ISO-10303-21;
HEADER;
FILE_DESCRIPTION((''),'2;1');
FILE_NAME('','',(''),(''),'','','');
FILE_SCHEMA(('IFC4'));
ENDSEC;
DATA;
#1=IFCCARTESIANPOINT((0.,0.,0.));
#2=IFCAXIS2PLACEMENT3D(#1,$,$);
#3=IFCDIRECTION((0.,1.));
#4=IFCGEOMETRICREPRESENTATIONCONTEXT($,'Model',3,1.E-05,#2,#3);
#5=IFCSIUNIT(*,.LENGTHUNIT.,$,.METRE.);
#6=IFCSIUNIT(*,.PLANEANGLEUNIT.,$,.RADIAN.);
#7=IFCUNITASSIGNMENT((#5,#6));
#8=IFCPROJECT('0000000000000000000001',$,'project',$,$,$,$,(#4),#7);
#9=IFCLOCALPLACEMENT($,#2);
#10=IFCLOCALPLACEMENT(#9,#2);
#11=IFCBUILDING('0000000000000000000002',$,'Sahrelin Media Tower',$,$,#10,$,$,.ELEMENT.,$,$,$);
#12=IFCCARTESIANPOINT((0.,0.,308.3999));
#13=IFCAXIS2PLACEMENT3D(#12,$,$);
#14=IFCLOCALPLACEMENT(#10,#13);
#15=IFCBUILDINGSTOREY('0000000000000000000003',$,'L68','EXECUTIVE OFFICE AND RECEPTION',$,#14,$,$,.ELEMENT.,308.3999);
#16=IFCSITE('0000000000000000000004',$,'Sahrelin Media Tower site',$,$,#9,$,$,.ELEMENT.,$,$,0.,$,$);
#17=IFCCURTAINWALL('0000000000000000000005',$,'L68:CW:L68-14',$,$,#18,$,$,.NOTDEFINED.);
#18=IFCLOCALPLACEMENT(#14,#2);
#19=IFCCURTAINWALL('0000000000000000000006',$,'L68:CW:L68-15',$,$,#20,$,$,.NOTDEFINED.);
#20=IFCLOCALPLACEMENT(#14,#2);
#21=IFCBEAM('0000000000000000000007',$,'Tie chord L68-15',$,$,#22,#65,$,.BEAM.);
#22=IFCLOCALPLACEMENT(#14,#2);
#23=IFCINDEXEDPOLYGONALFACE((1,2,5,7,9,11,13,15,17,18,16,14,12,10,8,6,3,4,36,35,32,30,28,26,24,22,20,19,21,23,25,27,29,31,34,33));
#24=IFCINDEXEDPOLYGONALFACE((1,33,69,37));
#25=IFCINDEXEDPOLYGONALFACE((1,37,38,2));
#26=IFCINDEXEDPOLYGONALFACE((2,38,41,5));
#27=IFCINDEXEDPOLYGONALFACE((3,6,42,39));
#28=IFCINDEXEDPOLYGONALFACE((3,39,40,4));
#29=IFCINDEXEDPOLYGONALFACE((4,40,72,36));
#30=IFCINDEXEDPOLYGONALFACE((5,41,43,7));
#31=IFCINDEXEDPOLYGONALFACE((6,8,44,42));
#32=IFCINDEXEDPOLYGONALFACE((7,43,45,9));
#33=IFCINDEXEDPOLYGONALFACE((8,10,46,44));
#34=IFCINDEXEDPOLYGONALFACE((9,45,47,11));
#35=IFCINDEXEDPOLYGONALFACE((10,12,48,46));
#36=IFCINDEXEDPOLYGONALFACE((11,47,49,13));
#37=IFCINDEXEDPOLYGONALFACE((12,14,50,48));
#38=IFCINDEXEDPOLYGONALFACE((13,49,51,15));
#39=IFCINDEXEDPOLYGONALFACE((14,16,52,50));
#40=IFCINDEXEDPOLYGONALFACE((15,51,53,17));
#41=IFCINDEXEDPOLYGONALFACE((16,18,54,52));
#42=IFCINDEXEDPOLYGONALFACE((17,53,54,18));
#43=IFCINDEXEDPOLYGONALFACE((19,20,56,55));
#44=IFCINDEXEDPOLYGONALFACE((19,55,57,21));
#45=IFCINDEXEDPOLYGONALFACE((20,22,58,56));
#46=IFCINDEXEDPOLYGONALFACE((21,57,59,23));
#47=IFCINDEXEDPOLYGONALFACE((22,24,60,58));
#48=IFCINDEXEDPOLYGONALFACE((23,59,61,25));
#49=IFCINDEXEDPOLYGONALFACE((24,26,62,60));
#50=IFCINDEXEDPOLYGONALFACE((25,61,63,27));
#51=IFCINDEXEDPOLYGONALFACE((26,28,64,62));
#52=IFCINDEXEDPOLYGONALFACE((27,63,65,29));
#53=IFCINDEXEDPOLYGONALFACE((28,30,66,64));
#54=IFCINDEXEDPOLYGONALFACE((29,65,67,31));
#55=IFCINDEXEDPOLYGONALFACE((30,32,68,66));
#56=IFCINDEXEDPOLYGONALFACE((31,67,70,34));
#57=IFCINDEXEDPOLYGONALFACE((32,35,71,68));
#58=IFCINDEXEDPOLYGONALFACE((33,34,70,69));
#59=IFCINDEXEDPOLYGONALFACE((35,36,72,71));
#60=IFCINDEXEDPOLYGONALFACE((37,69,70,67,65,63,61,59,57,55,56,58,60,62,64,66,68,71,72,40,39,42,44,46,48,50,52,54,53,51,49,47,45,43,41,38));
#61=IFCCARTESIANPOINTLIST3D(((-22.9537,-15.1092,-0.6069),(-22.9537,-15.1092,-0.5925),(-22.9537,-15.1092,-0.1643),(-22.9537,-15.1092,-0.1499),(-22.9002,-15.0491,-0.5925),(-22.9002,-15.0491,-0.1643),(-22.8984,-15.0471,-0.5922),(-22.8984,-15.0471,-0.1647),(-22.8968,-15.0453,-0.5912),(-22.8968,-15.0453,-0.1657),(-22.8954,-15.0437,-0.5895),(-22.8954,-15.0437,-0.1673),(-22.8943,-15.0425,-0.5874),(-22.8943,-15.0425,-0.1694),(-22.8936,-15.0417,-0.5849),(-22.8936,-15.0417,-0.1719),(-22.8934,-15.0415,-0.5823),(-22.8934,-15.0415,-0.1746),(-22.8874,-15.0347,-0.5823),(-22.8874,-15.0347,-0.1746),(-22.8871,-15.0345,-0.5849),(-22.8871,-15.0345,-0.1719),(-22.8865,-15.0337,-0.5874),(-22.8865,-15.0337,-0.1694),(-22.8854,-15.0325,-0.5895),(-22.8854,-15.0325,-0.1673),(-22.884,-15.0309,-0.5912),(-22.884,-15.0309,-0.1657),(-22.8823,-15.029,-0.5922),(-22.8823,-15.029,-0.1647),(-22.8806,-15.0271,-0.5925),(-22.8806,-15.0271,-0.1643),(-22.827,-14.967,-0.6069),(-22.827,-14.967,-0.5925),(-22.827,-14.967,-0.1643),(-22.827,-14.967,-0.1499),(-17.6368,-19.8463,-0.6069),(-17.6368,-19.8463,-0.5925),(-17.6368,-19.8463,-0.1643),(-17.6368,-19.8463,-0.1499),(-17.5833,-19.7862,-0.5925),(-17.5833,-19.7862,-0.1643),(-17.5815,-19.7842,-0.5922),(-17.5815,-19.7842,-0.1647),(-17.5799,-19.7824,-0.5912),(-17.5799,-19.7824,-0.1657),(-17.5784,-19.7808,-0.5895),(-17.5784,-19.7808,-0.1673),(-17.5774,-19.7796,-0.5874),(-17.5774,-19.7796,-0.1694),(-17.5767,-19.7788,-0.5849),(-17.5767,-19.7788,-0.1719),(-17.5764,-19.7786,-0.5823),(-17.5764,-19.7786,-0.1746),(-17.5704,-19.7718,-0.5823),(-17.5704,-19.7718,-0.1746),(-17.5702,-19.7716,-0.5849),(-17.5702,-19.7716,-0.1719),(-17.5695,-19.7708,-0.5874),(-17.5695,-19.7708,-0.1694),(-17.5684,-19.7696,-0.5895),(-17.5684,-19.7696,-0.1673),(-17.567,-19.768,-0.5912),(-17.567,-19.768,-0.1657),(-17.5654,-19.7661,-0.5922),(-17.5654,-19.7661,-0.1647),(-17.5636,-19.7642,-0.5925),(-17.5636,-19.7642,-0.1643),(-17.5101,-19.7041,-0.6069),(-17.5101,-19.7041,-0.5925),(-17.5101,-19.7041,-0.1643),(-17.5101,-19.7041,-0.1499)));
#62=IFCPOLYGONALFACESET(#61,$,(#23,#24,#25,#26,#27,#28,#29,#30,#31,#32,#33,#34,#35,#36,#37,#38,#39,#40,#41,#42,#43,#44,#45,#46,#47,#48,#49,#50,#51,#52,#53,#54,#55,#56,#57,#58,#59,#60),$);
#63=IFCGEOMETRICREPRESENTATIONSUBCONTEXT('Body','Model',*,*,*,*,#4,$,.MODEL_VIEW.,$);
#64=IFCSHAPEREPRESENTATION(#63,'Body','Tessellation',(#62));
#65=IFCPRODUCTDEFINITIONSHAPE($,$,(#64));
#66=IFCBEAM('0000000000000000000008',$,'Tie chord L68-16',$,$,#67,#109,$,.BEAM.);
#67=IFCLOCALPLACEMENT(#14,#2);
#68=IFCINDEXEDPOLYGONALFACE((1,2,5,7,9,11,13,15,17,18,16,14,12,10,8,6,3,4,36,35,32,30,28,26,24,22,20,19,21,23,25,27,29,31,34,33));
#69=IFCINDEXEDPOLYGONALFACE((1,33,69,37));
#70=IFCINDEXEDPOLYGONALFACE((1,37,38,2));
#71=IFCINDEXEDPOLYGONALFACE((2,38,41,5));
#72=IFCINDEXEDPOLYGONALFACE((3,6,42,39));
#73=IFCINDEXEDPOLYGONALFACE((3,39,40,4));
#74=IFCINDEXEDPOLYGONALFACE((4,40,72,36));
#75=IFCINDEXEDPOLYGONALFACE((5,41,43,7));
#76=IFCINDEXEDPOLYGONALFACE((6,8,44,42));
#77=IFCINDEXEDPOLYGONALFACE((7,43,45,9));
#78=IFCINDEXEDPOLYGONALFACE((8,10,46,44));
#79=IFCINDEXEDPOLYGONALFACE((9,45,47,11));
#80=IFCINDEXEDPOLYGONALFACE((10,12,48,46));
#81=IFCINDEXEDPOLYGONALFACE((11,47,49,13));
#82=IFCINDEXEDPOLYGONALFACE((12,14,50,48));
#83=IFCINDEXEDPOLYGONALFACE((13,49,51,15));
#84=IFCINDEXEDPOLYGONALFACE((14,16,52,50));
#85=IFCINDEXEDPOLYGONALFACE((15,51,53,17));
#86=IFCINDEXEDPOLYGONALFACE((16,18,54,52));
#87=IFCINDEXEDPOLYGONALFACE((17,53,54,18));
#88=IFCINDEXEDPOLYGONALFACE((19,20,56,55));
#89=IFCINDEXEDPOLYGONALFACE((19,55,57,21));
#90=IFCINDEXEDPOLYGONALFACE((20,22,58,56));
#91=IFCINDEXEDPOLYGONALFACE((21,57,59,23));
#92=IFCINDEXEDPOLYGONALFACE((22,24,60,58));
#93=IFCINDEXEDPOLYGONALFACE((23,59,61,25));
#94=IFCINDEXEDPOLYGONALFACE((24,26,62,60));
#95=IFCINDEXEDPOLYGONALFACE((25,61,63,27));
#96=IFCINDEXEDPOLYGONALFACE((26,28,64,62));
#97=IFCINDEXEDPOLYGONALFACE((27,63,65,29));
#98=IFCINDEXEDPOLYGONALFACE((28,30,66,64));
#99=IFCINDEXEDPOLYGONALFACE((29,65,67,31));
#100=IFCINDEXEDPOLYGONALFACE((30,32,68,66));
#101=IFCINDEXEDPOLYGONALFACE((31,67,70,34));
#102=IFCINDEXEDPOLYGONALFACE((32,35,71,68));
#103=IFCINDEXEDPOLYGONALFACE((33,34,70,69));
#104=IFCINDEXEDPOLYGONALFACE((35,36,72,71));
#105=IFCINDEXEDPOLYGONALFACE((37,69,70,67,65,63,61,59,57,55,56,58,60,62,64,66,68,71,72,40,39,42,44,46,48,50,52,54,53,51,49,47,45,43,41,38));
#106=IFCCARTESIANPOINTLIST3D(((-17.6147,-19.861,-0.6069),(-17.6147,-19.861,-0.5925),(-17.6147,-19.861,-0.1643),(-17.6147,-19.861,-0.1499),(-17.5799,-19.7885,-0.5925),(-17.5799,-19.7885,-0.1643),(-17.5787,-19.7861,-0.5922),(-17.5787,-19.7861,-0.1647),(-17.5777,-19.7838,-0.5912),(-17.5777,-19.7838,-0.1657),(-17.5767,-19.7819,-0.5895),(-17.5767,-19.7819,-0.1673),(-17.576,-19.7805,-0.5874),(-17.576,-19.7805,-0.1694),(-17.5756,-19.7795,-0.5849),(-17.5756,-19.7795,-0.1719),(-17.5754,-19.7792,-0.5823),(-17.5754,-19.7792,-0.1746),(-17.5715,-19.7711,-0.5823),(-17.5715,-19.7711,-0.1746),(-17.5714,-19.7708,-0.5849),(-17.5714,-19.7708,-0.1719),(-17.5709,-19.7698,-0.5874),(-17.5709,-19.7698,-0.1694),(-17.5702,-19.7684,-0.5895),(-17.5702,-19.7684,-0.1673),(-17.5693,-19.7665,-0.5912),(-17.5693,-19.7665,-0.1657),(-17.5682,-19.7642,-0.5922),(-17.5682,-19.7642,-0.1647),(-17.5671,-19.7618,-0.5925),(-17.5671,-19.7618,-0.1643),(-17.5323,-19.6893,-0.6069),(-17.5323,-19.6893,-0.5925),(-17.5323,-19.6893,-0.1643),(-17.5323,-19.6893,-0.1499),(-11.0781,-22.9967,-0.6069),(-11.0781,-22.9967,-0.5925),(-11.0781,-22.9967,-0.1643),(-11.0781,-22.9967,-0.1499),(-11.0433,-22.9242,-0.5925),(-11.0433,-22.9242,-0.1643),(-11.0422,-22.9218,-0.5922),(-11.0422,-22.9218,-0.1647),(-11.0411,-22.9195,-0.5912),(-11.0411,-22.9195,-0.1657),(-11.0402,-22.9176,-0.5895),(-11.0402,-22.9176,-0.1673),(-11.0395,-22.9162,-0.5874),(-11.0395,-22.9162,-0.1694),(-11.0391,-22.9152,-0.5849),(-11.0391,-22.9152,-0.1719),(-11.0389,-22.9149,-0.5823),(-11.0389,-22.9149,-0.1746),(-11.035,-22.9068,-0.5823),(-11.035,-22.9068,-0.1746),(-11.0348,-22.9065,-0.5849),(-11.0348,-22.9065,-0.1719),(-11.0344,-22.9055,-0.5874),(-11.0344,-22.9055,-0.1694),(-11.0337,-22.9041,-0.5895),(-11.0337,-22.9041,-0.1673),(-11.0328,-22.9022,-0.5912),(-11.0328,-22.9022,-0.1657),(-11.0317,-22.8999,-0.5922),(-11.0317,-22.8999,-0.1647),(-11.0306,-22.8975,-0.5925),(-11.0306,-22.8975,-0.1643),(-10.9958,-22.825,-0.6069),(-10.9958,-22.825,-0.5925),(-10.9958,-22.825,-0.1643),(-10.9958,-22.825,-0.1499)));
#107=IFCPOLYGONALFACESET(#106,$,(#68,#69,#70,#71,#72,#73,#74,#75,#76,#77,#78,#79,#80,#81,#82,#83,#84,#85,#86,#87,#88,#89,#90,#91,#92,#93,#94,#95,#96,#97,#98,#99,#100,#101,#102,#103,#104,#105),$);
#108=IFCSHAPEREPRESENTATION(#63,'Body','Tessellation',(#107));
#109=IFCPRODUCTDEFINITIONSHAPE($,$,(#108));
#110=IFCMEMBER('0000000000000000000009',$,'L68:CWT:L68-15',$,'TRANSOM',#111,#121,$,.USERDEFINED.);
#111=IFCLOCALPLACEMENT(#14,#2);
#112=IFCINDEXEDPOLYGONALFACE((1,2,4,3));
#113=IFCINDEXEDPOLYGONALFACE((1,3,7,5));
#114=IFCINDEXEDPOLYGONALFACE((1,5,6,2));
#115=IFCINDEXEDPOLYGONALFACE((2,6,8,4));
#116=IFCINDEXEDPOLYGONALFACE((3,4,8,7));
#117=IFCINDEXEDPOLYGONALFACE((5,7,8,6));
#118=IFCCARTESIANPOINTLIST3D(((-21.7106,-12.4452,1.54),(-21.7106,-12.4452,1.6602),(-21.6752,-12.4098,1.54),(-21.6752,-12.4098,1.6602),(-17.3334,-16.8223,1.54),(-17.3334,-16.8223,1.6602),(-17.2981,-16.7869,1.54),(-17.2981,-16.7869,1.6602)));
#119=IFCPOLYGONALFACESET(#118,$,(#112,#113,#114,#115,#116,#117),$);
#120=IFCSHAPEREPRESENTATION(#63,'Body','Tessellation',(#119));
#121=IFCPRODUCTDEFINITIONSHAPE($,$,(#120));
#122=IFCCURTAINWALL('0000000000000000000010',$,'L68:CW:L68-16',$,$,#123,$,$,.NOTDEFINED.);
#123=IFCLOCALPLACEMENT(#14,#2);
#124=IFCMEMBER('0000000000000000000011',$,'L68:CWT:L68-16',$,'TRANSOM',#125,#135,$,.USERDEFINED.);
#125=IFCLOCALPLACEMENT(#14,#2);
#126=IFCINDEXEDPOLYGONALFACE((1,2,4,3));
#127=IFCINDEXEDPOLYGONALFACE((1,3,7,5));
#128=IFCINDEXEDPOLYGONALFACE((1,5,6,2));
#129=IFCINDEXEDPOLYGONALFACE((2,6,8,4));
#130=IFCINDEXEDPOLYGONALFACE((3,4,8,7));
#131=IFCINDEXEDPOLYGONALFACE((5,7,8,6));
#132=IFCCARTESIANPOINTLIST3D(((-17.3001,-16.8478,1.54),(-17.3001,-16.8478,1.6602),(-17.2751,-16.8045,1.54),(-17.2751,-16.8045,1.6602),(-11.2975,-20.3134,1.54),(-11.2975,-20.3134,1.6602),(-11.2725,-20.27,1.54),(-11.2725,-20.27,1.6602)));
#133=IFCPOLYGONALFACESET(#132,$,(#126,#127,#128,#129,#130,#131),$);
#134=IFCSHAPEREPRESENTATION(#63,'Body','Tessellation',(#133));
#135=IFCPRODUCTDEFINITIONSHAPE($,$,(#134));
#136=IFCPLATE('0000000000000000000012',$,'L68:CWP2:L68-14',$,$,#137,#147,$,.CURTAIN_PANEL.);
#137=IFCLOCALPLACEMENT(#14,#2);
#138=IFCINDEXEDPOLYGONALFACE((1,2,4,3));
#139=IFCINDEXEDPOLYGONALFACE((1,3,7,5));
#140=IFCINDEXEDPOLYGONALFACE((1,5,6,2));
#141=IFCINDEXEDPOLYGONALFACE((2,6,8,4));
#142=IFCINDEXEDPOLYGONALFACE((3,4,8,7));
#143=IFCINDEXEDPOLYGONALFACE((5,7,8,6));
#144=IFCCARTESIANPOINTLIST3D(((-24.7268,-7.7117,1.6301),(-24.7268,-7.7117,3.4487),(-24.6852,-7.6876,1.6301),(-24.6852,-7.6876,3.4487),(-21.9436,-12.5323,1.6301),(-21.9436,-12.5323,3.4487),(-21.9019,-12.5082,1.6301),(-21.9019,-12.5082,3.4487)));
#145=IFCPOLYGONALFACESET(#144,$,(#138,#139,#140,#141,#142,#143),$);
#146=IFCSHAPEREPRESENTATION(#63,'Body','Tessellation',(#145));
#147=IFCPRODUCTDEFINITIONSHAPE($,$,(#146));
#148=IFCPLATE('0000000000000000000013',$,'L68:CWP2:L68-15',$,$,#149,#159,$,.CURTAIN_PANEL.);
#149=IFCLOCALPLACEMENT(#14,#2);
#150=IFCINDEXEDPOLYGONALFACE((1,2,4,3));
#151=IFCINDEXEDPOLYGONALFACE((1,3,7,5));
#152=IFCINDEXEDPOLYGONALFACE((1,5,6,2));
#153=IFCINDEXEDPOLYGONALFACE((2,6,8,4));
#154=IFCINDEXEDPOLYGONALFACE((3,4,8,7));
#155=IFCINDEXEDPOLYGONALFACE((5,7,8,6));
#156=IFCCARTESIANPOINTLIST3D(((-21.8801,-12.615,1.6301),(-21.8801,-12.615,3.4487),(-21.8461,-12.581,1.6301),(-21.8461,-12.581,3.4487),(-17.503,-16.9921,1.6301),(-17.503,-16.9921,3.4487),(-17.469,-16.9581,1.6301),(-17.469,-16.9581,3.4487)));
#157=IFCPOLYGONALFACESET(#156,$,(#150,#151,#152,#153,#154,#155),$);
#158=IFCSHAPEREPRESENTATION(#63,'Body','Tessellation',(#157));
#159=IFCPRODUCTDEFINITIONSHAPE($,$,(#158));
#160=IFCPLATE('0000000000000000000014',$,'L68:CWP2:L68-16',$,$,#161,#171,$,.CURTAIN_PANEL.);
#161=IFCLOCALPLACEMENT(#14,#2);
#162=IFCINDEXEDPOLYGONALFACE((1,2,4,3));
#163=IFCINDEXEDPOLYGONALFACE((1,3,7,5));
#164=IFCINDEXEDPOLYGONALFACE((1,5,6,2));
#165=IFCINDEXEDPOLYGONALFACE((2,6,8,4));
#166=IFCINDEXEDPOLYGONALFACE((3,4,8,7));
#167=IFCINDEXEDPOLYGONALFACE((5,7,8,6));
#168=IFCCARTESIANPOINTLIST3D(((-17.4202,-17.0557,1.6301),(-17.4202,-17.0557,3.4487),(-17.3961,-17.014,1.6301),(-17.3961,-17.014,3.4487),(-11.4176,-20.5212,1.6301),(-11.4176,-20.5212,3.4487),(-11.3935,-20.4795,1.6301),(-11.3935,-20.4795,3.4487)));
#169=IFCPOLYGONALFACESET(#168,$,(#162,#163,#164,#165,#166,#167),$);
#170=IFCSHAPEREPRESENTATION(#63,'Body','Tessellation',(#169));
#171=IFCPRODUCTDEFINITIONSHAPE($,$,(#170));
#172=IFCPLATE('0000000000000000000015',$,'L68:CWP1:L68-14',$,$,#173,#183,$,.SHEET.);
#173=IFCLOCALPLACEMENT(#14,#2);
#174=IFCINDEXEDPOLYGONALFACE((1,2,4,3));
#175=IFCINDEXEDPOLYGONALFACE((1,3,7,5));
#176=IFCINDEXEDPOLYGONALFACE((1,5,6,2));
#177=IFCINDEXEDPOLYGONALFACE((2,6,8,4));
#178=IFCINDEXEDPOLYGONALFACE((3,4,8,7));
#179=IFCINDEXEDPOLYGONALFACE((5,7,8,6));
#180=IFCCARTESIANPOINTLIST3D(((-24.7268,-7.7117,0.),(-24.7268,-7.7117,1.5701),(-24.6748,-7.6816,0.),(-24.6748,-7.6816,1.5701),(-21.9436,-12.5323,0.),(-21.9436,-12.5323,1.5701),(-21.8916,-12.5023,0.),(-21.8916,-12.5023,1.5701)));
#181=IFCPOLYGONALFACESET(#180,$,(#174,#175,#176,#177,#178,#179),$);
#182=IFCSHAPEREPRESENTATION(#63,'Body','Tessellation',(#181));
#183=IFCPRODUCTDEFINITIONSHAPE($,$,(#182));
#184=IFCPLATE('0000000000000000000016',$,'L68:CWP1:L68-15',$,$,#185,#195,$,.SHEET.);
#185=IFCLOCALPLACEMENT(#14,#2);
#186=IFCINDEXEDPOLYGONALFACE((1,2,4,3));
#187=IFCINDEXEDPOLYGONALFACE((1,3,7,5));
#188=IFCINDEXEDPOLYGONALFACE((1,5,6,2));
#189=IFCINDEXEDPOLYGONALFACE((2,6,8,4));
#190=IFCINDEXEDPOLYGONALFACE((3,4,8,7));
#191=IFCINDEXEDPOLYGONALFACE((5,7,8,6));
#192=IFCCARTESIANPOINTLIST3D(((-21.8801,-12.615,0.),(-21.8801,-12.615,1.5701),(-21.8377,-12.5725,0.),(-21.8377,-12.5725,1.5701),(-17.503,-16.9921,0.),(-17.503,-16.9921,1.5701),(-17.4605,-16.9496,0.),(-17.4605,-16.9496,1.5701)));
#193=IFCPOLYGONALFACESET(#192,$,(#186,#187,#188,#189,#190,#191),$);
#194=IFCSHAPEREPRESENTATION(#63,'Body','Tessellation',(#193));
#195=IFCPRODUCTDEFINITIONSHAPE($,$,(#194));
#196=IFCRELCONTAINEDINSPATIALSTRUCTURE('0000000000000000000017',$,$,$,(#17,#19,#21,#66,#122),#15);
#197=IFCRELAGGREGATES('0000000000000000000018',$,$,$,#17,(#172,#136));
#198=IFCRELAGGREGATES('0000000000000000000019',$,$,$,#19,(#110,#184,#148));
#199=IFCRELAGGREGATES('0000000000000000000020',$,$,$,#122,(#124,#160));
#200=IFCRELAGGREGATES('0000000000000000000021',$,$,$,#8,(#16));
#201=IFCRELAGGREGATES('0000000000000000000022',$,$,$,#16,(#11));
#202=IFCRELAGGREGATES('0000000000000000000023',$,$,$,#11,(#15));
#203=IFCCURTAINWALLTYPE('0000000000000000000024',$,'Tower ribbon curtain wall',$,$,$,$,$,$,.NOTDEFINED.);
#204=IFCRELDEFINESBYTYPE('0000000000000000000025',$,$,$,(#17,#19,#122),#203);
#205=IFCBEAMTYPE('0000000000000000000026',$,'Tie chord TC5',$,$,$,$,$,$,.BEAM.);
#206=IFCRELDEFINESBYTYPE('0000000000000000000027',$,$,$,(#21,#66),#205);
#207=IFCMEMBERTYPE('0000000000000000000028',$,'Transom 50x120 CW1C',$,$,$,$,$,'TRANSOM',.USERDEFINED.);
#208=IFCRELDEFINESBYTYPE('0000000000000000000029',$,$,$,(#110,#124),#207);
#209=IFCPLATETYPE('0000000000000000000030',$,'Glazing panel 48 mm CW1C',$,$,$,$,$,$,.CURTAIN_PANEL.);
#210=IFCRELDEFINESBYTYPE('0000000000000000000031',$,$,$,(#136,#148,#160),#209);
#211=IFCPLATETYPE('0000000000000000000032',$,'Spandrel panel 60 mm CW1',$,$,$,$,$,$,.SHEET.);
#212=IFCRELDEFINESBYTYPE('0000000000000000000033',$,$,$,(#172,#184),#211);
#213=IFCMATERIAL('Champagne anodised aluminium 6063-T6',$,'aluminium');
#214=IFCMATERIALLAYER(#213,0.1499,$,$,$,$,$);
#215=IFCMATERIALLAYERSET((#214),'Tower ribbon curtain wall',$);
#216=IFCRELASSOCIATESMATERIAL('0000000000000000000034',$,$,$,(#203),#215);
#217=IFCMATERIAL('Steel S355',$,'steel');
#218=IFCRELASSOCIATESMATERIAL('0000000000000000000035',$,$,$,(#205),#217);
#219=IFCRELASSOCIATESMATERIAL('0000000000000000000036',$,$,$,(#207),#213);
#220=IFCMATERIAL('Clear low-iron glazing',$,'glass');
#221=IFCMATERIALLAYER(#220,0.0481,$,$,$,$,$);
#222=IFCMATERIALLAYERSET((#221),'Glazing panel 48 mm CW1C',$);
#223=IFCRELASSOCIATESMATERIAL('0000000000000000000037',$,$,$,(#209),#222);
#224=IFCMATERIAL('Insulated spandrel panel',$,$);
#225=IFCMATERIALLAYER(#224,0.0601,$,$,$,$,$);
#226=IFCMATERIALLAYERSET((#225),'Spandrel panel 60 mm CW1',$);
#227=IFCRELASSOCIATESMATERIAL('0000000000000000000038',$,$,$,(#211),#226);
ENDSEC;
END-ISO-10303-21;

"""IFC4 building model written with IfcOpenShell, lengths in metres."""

from ifc_helpers import new_model, si_unit, direction, frame, origin, origin_2d, place, context, subcontext, project, spatial, polyline, rectangle, i_section, outline, extrude, material, layer, layer_set, material_profile, profile_set, type_object, element, aggregate, save


model = new_model("IFC4")

# Units and contexts
model_context = context("Model", 3, precision=1e-05, world=origin(), true_north=direction((0.0, 1.0)))
body_context = subcontext(model_context, "Body", "Model", "MODEL_VIEW")
ifc_project = project(units=[si_unit("LENGTHUNIT", "METRE"), si_unit("PLANEANGLEUNIT", "RADIAN")], contexts=[model_context])

# Site, building, storey
site_placement = place(None, origin())
site = spatial("IfcSite", under=ifc_project, at=site_placement, Name="Sahrelin Media Tower site", CompositionType="ELEMENT", RefElevation=0.0)
building_placement = place(site_placement, origin())
building = spatial("IfcBuilding", under=site, at=building_placement, Name="Sahrelin Media Tower", CompositionType="ELEMENT")
storey_placement = place(building_placement, frame((0.0, 0.0, 308.3999)))
storey = spatial("IfcBuildingStorey", under=building, at=storey_placement, Name="L68", Description="EXECUTIVE OFFICE AND RECEPTION", CompositionType="ELEMENT", Elevation=308.3999)

# Shared definitions
ifc_material_1 = material(Name="Steel S355", Category="steel")

# Curtain walls
ifc_material_2 = material(Name="Champagne anodised aluminium 6063-T6", Category="aluminium")
ifc_layer_1 = layer(ifc_material_2, 0.1499)
ifc_layer_set_1 = layer_set([ifc_layer_1], Name="Tower ribbon curtain wall")
curtain_wall_type = type_object("IfcCurtainWallType", Name="Tower ribbon curtain wall", PredefinedType="NOTDEFINED", material=ifc_layer_set_1)
curtain_wall_1_placement = place(storey_placement, frame((-23.3179, -10.1118, 0.0), z_axis=(0.0, 0.0, 1.0), x_axis=(1.0, 0.0, 0.0)))
curtain_wall_1 = element("IfcCurtainWall", 1, at=curtain_wall_1_placement, inside=storey, type_object=curtain_wall_type, Name="L68:CW:L68-14", PredefinedType="NOTDEFINED")
curtain_wall_2_placement = place(storey_placement, frame((-19.6775, -14.7893, 0.0), z_axis=(0.0, 0.0, 1.0), x_axis=(1.0, 0.0, 0.0)))
curtain_wall_2 = element("IfcCurtainWall", 2, at=curtain_wall_2_placement, inside=storey, type_object=curtain_wall_type, Name="L68:CW:L68-15", PredefinedType="NOTDEFINED")

# Beams
ifc_material_profile_1 = material_profile(ifc_material_1, i_section(OverallWidth=0.1904, OverallDepth=0.457, WebThickness=0.009, FlangeThickness=0.0144, FilletRadius=0.0103, at=origin_2d()), Name="UB 457x191x74")
ifc_profile_set_1 = profile_set([ifc_material_profile_1], Name="Steel S355")
beam_type_1 = type_object("IfcBeamType", Name="Tie chord TC5", PredefinedType="BEAM", material=ifc_profile_set_1)
beam_1_placement = place(storey_placement, frame((-22.8904, -15.0381, -0.3784), z_axis=(0.746647, -0.665221, 0.0), x_axis=(0.665221, 0.746647, 0.0)))
element("IfcBeam", 3, at=beam_1_placement, inside=storey, type_object=beam_type_1, Name="Tie chord L68-15", PredefinedType="BEAM", context=body_context, shape_type="SweptSolid", body=[
    extrude(i_section(OverallWidth=0.1904, OverallDepth=0.457, WebThickness=0.009, FlangeThickness=0.0144, FilletRadius=0.0103, at=origin_2d()), origin(), (0.0, 0.0, 1.0), 7.1211),
])
beam_2_placement = place(storey_placement, frame((-17.5735, -19.7751, -0.3784), z_axis=(0.901622, -0.432525, 0.0), x_axis=(0.432525, 0.901622, 0.0)))
element("IfcBeam", 4, at=beam_2_placement, inside=storey, type_object=beam_type_1, Name="Tie chord L68-16", PredefinedType="BEAM", context=body_context, shape_type="SweptSolid", body=[
    extrude(i_section(OverallWidth=0.1904, OverallDepth=0.457, WebThickness=0.009, FlangeThickness=0.0144, FilletRadius=0.0103, at=origin_2d()), origin(), (0.0, 0.0, 1.0), 7.2498),
])

# Member
ifc_material_profile_2 = material_profile(ifc_material_2, rectangle(XDim=0.05, YDim=0.1201, at=origin_2d()), Name="Transom 50x120")
ifc_profile_set_2 = profile_set([ifc_material_profile_2], Name="Champagne anodised aluminium 6063-T6")
member_type_1 = type_object("IfcMemberType", Name="Transom 50x120 CW1C", ElementType="TRANSOM", PredefinedType="USERDEFINED", material=ifc_profile_set_2)
member_1_placement = place(storey_placement, frame((-21.6929, -12.4275, 1.6001), z_axis=(0.707107, -0.707107, 0.0), x_axis=(0.707107, 0.707107, 0.0)))
member_1 = element("IfcMember", 5, at=member_1_placement, type_object=member_type_1, Name="L68:CWT:L68-15", ObjectType="TRANSOM", PredefinedType="USERDEFINED", context=body_context, shape_type="SweptSolid", body=[
    extrude(rectangle(XDim=0.05, YDim=0.1201, at=origin_2d()), origin(), (0.0, 0.0, 1.0), 6.1902),
])

# Curtain wall, member
curtain_wall_3_placement = place(storey_placement, frame((-14.4089, -18.7712, 0.0), z_axis=(0.0, 0.0, 1.0), x_axis=(1.0, 0.0, 0.0)))
curtain_wall_3 = element("IfcCurtainWall", 6, at=curtain_wall_3_placement, inside=storey, type_object=curtain_wall_type, Name="L68:CW:L68-16", PredefinedType="NOTDEFINED")
member_2_placement = place(storey_placement, frame((-17.2876, -16.8262, 1.6001), z_axis=(0.86603, -0.499992, 0.0), x_axis=(0.499992, 0.86603, 0.0)))
member_2 = element("IfcMember", 7, at=member_2_placement, type_object=member_type_1, Name="L68:CWT:L68-16", ObjectType="TRANSOM", PredefinedType="USERDEFINED", context=body_context, shape_type="SweptSolid", body=[
    extrude(rectangle(XDim=0.05, YDim=0.1201, at=origin_2d()), origin(), (0.0, 0.0, 1.0), 6.9312),
])

# Plates
ifc_material_3 = material(Name="Clear low-iron glazing", Category="glass")
ifc_layer_2 = layer(ifc_material_3, 0.0481)
ifc_layer_set_2 = layer_set([ifc_layer_2], Name="Glazing panel 48 mm CW1C")
plate_type_1 = type_object("IfcPlateType", Name="Glazing panel 48 mm CW1C", PredefinedType="CURTAIN_PANEL", material=ifc_layer_set_2)
plate_1_placement = place(storey_placement, frame((-24.7268, -7.7117, 1.6301), z_axis=(-0.866021, -0.500007, 0.0), x_axis=(0.500007, -0.866021, 0.0)))
plate_1 = element("IfcPlate", 8, at=plate_1_placement, type_object=plate_type_1, Name="L68:CWP2:L68-14", PredefinedType="CURTAIN_PANEL", context=body_context, shape_type="SweptSolid", body=[
    extrude(outline(polyline([(0.0, 0.0), (5.5664, 0.0), (5.5664, 1.8186), (0.0, 1.8186), (0.0, 0.0)])), origin(), (0.0, 0.0, -1.0), 0.0481),
])
plate_2_placement = place(storey_placement, frame((-21.8801, -12.615, 1.6301), z_axis=(-0.707107, -0.707107, 0.0), x_axis=(0.707107, -0.707107, 0.0)))
plate_2 = element("IfcPlate", 9, at=plate_2_placement, type_object=plate_type_1, Name="L68:CWP2:L68-15", PredefinedType="CURTAIN_PANEL", context=body_context, shape_type="SweptSolid", body=[
    extrude(outline(polyline([(0.0, 0.0), (6.1902, 0.0), (6.1902, 1.8186), (0.0, 1.8186), (0.0, 0.0)])), origin(), (0.0, 0.0, -1.0), 0.0481),
])
plate_3_placement = place(storey_placement, frame((-17.4202, -17.0557, 1.6301), z_axis=(-0.499992, -0.86603, 0.0), x_axis=(0.86603, -0.499992, 0.0)))
plate_3 = element("IfcPlate", 10, at=plate_3_placement, type_object=plate_type_1, Name="L68:CWP2:L68-16", PredefinedType="CURTAIN_PANEL", context=body_context, shape_type="SweptSolid", body=[
    extrude(outline(polyline([(0.0, 0.0), (6.9312, 0.0), (6.9312, 1.8186), (0.0, 1.8186), (0.0, 0.0)])), origin(), (0.0, 0.0, -1.0), 0.0481),
])
ifc_material_4 = material(Name="Insulated spandrel panel")
ifc_layer_3 = layer(ifc_material_4, 0.0601)
ifc_layer_set_3 = layer_set([ifc_layer_3], Name="Spandrel panel 60 mm CW1")
plate_type_2 = type_object("IfcPlateType", Name="Spandrel panel 60 mm CW1", PredefinedType="SHEET", material=ifc_layer_set_3)
plate_4_placement = place(storey_placement, frame((-24.7268, -7.7117, 0.0), z_axis=(-0.866021, -0.500007, 0.0), x_axis=(0.500007, -0.866021, 0.0)))
plate_4 = element("IfcPlate", 11, at=plate_4_placement, type_object=plate_type_2, Name="L68:CWP1:L68-14", PredefinedType="SHEET", context=body_context, shape_type="SweptSolid", body=[
    extrude(outline(polyline([(0.0, 0.0), (5.5664, 0.0), (5.5664, 1.5701), (0.0, 1.5701), (0.0, 0.0)])), origin(), (0.0, 0.0, -1.0), 0.0601),
])
aggregate(curtain_wall_1, [plate_4, plate_1])
plate_5_placement = place(storey_placement, frame((-21.8801, -12.615, 0.0), z_axis=(-0.707107, -0.707107, 0.0), x_axis=(0.707107, -0.707107, 0.0)))
plate_5 = element("IfcPlate", 12, at=plate_5_placement, type_object=plate_type_2, Name="L68:CWP1:L68-15", PredefinedType="SHEET", context=body_context, shape_type="SweptSolid", body=[
    extrude(outline(polyline([(0.0, 0.0), (6.1902, 0.0), (6.1902, 1.5701), (0.0, 1.5701), (0.0, 0.0)])), origin(), (0.0, 0.0, -1.0), 0.0601),
])
aggregate(curtain_wall_2, [member_1, plate_5, plate_2])
aggregate(curtain_wall_3, [member_2, plate_3])

save(model, "model.ifc")
